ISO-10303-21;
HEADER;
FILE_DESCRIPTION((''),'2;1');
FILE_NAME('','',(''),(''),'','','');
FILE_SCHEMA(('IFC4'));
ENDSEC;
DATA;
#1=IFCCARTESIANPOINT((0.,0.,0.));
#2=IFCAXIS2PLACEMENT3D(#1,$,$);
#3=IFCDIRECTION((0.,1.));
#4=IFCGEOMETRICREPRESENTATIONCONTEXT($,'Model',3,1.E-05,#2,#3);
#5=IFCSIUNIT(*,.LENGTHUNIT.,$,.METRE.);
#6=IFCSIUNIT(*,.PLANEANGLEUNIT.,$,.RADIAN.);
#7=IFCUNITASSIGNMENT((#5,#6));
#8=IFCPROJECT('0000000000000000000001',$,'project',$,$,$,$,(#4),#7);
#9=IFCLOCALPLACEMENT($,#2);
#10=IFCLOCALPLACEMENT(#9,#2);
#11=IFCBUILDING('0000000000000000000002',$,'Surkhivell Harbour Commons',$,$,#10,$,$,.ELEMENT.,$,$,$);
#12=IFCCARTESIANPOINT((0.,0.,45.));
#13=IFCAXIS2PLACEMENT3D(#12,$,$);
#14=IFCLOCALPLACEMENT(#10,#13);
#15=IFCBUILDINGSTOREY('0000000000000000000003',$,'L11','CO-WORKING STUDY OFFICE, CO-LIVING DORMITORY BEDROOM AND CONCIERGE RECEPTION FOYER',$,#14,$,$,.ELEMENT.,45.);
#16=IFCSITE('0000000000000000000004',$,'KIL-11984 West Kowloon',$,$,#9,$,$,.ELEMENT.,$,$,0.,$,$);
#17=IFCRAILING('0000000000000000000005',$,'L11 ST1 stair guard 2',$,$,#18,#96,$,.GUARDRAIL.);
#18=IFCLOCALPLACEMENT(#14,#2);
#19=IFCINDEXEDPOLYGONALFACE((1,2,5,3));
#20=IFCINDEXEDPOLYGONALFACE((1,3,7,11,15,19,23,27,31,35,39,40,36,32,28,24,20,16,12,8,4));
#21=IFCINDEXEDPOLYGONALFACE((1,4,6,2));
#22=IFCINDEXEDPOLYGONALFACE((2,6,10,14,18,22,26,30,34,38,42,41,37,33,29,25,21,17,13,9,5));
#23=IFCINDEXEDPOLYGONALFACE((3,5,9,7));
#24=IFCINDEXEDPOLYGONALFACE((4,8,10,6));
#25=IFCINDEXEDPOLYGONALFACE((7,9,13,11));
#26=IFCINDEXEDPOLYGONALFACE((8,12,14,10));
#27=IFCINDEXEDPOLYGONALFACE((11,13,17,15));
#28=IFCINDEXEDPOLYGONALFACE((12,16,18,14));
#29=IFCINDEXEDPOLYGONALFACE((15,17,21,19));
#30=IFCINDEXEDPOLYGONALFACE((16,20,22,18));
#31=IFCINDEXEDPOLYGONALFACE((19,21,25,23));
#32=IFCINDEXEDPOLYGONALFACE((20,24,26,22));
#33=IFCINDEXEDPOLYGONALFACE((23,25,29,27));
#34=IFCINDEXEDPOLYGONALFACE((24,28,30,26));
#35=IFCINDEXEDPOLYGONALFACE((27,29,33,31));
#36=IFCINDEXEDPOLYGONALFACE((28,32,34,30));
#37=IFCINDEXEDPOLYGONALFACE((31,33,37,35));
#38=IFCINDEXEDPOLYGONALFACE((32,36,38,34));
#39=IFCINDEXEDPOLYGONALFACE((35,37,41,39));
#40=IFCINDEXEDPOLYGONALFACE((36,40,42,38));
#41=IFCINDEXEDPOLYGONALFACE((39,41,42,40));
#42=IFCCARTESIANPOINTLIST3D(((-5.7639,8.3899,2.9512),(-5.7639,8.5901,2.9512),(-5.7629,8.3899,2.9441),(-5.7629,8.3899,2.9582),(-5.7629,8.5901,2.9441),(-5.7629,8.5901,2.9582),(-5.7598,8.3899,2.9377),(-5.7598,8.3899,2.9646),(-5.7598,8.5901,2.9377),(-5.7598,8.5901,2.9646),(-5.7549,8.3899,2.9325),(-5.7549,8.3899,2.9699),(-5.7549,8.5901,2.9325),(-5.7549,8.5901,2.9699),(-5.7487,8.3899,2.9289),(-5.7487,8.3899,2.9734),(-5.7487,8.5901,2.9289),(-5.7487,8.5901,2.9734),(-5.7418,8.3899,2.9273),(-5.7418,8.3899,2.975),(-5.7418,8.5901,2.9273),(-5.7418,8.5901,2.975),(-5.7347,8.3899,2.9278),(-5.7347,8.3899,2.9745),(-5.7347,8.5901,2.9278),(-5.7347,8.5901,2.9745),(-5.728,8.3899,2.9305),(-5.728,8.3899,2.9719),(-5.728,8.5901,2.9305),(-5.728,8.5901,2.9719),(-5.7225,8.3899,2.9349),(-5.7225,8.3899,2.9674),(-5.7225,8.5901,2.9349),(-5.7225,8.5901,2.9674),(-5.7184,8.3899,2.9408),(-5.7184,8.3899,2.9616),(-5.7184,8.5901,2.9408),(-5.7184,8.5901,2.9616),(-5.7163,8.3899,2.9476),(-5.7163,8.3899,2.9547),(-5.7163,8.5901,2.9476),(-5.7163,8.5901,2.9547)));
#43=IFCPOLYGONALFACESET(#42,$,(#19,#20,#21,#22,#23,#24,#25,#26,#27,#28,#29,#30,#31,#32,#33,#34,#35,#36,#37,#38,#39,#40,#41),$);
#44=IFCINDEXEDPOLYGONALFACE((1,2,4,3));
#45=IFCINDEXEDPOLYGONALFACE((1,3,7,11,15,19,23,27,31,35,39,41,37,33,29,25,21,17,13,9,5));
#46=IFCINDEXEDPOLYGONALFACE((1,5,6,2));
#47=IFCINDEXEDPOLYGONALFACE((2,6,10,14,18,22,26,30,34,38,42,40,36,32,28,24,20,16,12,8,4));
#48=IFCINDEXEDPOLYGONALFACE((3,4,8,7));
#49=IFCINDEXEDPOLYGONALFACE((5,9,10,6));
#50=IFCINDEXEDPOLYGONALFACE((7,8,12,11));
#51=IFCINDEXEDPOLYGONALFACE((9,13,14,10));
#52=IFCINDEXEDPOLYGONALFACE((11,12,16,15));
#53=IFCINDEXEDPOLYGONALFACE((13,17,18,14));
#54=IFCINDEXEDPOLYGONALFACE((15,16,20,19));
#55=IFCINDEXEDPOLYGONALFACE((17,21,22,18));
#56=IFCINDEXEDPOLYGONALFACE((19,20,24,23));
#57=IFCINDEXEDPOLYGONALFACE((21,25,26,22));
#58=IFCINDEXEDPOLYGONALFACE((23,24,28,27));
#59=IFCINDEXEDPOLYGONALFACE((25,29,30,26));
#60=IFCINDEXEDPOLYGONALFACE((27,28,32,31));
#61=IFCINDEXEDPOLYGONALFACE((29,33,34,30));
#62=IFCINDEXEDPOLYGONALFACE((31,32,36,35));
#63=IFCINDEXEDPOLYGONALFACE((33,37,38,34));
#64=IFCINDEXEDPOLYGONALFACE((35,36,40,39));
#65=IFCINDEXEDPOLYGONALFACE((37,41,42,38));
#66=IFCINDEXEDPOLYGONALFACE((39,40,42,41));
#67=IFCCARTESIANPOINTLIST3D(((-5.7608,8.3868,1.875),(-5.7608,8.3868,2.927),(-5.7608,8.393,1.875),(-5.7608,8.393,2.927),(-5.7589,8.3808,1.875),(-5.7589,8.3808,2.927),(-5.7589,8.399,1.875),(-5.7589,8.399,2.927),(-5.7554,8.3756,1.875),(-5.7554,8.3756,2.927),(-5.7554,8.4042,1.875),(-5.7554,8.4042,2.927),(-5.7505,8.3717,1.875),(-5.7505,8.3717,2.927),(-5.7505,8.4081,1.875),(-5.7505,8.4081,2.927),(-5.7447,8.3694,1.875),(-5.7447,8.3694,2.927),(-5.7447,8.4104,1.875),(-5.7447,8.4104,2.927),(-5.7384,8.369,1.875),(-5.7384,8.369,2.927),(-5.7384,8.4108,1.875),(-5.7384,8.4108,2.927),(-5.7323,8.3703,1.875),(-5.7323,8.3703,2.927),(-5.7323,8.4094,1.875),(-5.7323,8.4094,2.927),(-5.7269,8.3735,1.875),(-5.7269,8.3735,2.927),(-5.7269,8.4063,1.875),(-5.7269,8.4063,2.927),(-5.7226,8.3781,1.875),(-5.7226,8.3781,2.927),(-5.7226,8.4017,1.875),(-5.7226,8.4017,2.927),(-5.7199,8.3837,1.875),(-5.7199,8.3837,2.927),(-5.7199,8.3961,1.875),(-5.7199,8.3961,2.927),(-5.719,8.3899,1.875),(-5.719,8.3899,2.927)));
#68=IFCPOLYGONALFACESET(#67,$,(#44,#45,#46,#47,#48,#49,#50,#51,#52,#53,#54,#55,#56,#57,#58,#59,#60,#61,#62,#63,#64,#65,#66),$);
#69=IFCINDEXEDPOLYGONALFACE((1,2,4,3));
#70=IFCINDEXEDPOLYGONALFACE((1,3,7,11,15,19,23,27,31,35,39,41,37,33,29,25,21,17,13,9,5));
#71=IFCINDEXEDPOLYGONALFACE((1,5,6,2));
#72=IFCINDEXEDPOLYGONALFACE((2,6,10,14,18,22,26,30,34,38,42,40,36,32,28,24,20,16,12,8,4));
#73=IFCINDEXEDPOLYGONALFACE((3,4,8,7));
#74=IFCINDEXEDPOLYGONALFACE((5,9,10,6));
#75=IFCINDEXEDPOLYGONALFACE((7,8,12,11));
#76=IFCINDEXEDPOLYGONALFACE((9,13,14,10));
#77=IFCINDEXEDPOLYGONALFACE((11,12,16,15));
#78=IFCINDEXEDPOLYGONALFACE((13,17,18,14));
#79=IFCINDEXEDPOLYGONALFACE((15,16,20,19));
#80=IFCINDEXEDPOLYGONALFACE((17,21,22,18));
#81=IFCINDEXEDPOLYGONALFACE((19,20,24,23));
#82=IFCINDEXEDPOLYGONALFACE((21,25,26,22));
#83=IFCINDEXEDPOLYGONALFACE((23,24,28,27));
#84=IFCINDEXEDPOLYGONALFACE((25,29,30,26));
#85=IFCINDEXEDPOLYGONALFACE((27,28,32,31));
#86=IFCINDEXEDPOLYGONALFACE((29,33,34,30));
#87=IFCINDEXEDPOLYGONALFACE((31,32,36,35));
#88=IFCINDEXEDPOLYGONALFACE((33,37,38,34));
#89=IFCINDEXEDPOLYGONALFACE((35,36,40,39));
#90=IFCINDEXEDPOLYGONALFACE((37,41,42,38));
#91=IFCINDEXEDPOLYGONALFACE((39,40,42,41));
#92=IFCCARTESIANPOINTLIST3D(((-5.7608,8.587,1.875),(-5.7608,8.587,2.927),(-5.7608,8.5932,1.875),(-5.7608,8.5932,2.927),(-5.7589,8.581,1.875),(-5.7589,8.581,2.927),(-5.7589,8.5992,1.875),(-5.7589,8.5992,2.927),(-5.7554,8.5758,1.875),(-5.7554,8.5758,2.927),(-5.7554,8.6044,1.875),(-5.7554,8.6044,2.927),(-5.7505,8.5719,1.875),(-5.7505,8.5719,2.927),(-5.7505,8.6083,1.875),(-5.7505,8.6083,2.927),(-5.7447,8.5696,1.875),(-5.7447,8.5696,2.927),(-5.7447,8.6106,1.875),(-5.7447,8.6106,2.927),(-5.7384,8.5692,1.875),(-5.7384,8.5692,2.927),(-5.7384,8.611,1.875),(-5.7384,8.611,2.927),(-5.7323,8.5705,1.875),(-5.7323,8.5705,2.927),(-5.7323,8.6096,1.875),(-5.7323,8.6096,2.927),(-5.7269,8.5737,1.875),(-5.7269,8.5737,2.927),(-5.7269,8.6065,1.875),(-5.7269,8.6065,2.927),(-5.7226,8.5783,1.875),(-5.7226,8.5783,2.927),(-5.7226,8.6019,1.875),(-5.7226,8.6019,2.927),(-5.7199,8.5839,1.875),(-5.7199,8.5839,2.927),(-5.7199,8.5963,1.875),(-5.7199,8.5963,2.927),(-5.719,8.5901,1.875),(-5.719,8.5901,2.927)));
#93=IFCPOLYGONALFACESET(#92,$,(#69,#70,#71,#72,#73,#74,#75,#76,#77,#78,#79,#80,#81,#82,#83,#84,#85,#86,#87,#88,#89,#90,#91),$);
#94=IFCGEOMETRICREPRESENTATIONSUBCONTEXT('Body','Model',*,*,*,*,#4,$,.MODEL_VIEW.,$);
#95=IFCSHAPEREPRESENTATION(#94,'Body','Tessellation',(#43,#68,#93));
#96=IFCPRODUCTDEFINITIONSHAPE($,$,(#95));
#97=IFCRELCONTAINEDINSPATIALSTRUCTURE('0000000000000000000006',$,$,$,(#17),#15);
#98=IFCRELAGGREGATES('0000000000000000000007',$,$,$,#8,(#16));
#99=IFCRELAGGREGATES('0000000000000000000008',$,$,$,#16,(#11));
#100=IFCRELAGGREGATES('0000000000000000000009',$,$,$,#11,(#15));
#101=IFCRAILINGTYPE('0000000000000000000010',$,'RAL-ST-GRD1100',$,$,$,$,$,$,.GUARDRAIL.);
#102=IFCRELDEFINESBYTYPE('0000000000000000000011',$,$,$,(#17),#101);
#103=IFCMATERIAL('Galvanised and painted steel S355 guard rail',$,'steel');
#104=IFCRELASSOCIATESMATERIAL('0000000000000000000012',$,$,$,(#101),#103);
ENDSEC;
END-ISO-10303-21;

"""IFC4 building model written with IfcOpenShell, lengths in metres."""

from ifc_helpers import new_model, si_unit, direction, frame, origin, origin_2d, place, context, subcontext, project, spatial, circle, extrude, material, type_object, element, save


model = new_model("IFC4")

# Units and contexts
model_context = context("Model", 3, precision=1e-05, world=origin(), true_north=direction((0.0, 1.0)))
body_context = subcontext(model_context, "Body", "Model", "MODEL_VIEW")
ifc_project = project(units=[si_unit("LENGTHUNIT", "METRE"), si_unit("PLANEANGLEUNIT", "RADIAN")], contexts=[model_context])

# Site, building, storey
site_placement = place(None, origin())
site = spatial("IfcSite", under=ifc_project, at=site_placement, Name="KIL-11984 West Kowloon", CompositionType="ELEMENT", RefElevation=0.0)
building_placement = place(site_placement, origin())
building = spatial("IfcBuilding", under=site, at=building_placement, Name="Surkhivell Harbour Commons", CompositionType="ELEMENT")
storey_placement = place(building_placement, frame((0.0, 0.0, 45.0)))
storey = spatial("IfcBuildingStorey", under=building, at=storey_placement, Name="L11", Description="CO-WORKING STUDY OFFICE, CO-LIVING DORMITORY BEDROOM AND CONCIERGE RECEPTION FOYER", CompositionType="ELEMENT", Elevation=45.0)

# Railing
ifc_material_1 = material(Name="Galvanised and painted steel S355 guard rail", Category="steel")
railing_type_1 = type_object("IfcRailingType", Name="RAL-ST-GRD1100", PredefinedType="GUARDRAIL", material=ifc_material_1)
railing_1_placement = place(storey_placement, frame((-5.74, 8.3899, 1.875)))
element("IfcRailing", 1, at=railing_1_placement, inside=storey, type_object=railing_type_1, Name="L11 ST1 stair guard 2", PredefinedType="GUARDRAIL", context=body_context, shape_type="SweptSolid", body=[
    extrude(circle(Radius=0.0239, at=origin_2d()), frame((0.0, 0.0, 1.0762), z_axis=(0.0, 1.0, 0.0), x_axis=(-1.0, 0.0, 0.0)), (0.0, 0.0, 1.0), 0.2002),
    extrude(circle(Radius=0.021, at=origin_2d()), origin(), (0.0, 0.0, 1.0), 1.052),
    extrude(circle(Radius=0.021, at=origin_2d()), frame((0.0, 0.2002, 0.0)), (0.0, 0.0, 1.0), 1.052),
])

save(model, "model.ifc")
